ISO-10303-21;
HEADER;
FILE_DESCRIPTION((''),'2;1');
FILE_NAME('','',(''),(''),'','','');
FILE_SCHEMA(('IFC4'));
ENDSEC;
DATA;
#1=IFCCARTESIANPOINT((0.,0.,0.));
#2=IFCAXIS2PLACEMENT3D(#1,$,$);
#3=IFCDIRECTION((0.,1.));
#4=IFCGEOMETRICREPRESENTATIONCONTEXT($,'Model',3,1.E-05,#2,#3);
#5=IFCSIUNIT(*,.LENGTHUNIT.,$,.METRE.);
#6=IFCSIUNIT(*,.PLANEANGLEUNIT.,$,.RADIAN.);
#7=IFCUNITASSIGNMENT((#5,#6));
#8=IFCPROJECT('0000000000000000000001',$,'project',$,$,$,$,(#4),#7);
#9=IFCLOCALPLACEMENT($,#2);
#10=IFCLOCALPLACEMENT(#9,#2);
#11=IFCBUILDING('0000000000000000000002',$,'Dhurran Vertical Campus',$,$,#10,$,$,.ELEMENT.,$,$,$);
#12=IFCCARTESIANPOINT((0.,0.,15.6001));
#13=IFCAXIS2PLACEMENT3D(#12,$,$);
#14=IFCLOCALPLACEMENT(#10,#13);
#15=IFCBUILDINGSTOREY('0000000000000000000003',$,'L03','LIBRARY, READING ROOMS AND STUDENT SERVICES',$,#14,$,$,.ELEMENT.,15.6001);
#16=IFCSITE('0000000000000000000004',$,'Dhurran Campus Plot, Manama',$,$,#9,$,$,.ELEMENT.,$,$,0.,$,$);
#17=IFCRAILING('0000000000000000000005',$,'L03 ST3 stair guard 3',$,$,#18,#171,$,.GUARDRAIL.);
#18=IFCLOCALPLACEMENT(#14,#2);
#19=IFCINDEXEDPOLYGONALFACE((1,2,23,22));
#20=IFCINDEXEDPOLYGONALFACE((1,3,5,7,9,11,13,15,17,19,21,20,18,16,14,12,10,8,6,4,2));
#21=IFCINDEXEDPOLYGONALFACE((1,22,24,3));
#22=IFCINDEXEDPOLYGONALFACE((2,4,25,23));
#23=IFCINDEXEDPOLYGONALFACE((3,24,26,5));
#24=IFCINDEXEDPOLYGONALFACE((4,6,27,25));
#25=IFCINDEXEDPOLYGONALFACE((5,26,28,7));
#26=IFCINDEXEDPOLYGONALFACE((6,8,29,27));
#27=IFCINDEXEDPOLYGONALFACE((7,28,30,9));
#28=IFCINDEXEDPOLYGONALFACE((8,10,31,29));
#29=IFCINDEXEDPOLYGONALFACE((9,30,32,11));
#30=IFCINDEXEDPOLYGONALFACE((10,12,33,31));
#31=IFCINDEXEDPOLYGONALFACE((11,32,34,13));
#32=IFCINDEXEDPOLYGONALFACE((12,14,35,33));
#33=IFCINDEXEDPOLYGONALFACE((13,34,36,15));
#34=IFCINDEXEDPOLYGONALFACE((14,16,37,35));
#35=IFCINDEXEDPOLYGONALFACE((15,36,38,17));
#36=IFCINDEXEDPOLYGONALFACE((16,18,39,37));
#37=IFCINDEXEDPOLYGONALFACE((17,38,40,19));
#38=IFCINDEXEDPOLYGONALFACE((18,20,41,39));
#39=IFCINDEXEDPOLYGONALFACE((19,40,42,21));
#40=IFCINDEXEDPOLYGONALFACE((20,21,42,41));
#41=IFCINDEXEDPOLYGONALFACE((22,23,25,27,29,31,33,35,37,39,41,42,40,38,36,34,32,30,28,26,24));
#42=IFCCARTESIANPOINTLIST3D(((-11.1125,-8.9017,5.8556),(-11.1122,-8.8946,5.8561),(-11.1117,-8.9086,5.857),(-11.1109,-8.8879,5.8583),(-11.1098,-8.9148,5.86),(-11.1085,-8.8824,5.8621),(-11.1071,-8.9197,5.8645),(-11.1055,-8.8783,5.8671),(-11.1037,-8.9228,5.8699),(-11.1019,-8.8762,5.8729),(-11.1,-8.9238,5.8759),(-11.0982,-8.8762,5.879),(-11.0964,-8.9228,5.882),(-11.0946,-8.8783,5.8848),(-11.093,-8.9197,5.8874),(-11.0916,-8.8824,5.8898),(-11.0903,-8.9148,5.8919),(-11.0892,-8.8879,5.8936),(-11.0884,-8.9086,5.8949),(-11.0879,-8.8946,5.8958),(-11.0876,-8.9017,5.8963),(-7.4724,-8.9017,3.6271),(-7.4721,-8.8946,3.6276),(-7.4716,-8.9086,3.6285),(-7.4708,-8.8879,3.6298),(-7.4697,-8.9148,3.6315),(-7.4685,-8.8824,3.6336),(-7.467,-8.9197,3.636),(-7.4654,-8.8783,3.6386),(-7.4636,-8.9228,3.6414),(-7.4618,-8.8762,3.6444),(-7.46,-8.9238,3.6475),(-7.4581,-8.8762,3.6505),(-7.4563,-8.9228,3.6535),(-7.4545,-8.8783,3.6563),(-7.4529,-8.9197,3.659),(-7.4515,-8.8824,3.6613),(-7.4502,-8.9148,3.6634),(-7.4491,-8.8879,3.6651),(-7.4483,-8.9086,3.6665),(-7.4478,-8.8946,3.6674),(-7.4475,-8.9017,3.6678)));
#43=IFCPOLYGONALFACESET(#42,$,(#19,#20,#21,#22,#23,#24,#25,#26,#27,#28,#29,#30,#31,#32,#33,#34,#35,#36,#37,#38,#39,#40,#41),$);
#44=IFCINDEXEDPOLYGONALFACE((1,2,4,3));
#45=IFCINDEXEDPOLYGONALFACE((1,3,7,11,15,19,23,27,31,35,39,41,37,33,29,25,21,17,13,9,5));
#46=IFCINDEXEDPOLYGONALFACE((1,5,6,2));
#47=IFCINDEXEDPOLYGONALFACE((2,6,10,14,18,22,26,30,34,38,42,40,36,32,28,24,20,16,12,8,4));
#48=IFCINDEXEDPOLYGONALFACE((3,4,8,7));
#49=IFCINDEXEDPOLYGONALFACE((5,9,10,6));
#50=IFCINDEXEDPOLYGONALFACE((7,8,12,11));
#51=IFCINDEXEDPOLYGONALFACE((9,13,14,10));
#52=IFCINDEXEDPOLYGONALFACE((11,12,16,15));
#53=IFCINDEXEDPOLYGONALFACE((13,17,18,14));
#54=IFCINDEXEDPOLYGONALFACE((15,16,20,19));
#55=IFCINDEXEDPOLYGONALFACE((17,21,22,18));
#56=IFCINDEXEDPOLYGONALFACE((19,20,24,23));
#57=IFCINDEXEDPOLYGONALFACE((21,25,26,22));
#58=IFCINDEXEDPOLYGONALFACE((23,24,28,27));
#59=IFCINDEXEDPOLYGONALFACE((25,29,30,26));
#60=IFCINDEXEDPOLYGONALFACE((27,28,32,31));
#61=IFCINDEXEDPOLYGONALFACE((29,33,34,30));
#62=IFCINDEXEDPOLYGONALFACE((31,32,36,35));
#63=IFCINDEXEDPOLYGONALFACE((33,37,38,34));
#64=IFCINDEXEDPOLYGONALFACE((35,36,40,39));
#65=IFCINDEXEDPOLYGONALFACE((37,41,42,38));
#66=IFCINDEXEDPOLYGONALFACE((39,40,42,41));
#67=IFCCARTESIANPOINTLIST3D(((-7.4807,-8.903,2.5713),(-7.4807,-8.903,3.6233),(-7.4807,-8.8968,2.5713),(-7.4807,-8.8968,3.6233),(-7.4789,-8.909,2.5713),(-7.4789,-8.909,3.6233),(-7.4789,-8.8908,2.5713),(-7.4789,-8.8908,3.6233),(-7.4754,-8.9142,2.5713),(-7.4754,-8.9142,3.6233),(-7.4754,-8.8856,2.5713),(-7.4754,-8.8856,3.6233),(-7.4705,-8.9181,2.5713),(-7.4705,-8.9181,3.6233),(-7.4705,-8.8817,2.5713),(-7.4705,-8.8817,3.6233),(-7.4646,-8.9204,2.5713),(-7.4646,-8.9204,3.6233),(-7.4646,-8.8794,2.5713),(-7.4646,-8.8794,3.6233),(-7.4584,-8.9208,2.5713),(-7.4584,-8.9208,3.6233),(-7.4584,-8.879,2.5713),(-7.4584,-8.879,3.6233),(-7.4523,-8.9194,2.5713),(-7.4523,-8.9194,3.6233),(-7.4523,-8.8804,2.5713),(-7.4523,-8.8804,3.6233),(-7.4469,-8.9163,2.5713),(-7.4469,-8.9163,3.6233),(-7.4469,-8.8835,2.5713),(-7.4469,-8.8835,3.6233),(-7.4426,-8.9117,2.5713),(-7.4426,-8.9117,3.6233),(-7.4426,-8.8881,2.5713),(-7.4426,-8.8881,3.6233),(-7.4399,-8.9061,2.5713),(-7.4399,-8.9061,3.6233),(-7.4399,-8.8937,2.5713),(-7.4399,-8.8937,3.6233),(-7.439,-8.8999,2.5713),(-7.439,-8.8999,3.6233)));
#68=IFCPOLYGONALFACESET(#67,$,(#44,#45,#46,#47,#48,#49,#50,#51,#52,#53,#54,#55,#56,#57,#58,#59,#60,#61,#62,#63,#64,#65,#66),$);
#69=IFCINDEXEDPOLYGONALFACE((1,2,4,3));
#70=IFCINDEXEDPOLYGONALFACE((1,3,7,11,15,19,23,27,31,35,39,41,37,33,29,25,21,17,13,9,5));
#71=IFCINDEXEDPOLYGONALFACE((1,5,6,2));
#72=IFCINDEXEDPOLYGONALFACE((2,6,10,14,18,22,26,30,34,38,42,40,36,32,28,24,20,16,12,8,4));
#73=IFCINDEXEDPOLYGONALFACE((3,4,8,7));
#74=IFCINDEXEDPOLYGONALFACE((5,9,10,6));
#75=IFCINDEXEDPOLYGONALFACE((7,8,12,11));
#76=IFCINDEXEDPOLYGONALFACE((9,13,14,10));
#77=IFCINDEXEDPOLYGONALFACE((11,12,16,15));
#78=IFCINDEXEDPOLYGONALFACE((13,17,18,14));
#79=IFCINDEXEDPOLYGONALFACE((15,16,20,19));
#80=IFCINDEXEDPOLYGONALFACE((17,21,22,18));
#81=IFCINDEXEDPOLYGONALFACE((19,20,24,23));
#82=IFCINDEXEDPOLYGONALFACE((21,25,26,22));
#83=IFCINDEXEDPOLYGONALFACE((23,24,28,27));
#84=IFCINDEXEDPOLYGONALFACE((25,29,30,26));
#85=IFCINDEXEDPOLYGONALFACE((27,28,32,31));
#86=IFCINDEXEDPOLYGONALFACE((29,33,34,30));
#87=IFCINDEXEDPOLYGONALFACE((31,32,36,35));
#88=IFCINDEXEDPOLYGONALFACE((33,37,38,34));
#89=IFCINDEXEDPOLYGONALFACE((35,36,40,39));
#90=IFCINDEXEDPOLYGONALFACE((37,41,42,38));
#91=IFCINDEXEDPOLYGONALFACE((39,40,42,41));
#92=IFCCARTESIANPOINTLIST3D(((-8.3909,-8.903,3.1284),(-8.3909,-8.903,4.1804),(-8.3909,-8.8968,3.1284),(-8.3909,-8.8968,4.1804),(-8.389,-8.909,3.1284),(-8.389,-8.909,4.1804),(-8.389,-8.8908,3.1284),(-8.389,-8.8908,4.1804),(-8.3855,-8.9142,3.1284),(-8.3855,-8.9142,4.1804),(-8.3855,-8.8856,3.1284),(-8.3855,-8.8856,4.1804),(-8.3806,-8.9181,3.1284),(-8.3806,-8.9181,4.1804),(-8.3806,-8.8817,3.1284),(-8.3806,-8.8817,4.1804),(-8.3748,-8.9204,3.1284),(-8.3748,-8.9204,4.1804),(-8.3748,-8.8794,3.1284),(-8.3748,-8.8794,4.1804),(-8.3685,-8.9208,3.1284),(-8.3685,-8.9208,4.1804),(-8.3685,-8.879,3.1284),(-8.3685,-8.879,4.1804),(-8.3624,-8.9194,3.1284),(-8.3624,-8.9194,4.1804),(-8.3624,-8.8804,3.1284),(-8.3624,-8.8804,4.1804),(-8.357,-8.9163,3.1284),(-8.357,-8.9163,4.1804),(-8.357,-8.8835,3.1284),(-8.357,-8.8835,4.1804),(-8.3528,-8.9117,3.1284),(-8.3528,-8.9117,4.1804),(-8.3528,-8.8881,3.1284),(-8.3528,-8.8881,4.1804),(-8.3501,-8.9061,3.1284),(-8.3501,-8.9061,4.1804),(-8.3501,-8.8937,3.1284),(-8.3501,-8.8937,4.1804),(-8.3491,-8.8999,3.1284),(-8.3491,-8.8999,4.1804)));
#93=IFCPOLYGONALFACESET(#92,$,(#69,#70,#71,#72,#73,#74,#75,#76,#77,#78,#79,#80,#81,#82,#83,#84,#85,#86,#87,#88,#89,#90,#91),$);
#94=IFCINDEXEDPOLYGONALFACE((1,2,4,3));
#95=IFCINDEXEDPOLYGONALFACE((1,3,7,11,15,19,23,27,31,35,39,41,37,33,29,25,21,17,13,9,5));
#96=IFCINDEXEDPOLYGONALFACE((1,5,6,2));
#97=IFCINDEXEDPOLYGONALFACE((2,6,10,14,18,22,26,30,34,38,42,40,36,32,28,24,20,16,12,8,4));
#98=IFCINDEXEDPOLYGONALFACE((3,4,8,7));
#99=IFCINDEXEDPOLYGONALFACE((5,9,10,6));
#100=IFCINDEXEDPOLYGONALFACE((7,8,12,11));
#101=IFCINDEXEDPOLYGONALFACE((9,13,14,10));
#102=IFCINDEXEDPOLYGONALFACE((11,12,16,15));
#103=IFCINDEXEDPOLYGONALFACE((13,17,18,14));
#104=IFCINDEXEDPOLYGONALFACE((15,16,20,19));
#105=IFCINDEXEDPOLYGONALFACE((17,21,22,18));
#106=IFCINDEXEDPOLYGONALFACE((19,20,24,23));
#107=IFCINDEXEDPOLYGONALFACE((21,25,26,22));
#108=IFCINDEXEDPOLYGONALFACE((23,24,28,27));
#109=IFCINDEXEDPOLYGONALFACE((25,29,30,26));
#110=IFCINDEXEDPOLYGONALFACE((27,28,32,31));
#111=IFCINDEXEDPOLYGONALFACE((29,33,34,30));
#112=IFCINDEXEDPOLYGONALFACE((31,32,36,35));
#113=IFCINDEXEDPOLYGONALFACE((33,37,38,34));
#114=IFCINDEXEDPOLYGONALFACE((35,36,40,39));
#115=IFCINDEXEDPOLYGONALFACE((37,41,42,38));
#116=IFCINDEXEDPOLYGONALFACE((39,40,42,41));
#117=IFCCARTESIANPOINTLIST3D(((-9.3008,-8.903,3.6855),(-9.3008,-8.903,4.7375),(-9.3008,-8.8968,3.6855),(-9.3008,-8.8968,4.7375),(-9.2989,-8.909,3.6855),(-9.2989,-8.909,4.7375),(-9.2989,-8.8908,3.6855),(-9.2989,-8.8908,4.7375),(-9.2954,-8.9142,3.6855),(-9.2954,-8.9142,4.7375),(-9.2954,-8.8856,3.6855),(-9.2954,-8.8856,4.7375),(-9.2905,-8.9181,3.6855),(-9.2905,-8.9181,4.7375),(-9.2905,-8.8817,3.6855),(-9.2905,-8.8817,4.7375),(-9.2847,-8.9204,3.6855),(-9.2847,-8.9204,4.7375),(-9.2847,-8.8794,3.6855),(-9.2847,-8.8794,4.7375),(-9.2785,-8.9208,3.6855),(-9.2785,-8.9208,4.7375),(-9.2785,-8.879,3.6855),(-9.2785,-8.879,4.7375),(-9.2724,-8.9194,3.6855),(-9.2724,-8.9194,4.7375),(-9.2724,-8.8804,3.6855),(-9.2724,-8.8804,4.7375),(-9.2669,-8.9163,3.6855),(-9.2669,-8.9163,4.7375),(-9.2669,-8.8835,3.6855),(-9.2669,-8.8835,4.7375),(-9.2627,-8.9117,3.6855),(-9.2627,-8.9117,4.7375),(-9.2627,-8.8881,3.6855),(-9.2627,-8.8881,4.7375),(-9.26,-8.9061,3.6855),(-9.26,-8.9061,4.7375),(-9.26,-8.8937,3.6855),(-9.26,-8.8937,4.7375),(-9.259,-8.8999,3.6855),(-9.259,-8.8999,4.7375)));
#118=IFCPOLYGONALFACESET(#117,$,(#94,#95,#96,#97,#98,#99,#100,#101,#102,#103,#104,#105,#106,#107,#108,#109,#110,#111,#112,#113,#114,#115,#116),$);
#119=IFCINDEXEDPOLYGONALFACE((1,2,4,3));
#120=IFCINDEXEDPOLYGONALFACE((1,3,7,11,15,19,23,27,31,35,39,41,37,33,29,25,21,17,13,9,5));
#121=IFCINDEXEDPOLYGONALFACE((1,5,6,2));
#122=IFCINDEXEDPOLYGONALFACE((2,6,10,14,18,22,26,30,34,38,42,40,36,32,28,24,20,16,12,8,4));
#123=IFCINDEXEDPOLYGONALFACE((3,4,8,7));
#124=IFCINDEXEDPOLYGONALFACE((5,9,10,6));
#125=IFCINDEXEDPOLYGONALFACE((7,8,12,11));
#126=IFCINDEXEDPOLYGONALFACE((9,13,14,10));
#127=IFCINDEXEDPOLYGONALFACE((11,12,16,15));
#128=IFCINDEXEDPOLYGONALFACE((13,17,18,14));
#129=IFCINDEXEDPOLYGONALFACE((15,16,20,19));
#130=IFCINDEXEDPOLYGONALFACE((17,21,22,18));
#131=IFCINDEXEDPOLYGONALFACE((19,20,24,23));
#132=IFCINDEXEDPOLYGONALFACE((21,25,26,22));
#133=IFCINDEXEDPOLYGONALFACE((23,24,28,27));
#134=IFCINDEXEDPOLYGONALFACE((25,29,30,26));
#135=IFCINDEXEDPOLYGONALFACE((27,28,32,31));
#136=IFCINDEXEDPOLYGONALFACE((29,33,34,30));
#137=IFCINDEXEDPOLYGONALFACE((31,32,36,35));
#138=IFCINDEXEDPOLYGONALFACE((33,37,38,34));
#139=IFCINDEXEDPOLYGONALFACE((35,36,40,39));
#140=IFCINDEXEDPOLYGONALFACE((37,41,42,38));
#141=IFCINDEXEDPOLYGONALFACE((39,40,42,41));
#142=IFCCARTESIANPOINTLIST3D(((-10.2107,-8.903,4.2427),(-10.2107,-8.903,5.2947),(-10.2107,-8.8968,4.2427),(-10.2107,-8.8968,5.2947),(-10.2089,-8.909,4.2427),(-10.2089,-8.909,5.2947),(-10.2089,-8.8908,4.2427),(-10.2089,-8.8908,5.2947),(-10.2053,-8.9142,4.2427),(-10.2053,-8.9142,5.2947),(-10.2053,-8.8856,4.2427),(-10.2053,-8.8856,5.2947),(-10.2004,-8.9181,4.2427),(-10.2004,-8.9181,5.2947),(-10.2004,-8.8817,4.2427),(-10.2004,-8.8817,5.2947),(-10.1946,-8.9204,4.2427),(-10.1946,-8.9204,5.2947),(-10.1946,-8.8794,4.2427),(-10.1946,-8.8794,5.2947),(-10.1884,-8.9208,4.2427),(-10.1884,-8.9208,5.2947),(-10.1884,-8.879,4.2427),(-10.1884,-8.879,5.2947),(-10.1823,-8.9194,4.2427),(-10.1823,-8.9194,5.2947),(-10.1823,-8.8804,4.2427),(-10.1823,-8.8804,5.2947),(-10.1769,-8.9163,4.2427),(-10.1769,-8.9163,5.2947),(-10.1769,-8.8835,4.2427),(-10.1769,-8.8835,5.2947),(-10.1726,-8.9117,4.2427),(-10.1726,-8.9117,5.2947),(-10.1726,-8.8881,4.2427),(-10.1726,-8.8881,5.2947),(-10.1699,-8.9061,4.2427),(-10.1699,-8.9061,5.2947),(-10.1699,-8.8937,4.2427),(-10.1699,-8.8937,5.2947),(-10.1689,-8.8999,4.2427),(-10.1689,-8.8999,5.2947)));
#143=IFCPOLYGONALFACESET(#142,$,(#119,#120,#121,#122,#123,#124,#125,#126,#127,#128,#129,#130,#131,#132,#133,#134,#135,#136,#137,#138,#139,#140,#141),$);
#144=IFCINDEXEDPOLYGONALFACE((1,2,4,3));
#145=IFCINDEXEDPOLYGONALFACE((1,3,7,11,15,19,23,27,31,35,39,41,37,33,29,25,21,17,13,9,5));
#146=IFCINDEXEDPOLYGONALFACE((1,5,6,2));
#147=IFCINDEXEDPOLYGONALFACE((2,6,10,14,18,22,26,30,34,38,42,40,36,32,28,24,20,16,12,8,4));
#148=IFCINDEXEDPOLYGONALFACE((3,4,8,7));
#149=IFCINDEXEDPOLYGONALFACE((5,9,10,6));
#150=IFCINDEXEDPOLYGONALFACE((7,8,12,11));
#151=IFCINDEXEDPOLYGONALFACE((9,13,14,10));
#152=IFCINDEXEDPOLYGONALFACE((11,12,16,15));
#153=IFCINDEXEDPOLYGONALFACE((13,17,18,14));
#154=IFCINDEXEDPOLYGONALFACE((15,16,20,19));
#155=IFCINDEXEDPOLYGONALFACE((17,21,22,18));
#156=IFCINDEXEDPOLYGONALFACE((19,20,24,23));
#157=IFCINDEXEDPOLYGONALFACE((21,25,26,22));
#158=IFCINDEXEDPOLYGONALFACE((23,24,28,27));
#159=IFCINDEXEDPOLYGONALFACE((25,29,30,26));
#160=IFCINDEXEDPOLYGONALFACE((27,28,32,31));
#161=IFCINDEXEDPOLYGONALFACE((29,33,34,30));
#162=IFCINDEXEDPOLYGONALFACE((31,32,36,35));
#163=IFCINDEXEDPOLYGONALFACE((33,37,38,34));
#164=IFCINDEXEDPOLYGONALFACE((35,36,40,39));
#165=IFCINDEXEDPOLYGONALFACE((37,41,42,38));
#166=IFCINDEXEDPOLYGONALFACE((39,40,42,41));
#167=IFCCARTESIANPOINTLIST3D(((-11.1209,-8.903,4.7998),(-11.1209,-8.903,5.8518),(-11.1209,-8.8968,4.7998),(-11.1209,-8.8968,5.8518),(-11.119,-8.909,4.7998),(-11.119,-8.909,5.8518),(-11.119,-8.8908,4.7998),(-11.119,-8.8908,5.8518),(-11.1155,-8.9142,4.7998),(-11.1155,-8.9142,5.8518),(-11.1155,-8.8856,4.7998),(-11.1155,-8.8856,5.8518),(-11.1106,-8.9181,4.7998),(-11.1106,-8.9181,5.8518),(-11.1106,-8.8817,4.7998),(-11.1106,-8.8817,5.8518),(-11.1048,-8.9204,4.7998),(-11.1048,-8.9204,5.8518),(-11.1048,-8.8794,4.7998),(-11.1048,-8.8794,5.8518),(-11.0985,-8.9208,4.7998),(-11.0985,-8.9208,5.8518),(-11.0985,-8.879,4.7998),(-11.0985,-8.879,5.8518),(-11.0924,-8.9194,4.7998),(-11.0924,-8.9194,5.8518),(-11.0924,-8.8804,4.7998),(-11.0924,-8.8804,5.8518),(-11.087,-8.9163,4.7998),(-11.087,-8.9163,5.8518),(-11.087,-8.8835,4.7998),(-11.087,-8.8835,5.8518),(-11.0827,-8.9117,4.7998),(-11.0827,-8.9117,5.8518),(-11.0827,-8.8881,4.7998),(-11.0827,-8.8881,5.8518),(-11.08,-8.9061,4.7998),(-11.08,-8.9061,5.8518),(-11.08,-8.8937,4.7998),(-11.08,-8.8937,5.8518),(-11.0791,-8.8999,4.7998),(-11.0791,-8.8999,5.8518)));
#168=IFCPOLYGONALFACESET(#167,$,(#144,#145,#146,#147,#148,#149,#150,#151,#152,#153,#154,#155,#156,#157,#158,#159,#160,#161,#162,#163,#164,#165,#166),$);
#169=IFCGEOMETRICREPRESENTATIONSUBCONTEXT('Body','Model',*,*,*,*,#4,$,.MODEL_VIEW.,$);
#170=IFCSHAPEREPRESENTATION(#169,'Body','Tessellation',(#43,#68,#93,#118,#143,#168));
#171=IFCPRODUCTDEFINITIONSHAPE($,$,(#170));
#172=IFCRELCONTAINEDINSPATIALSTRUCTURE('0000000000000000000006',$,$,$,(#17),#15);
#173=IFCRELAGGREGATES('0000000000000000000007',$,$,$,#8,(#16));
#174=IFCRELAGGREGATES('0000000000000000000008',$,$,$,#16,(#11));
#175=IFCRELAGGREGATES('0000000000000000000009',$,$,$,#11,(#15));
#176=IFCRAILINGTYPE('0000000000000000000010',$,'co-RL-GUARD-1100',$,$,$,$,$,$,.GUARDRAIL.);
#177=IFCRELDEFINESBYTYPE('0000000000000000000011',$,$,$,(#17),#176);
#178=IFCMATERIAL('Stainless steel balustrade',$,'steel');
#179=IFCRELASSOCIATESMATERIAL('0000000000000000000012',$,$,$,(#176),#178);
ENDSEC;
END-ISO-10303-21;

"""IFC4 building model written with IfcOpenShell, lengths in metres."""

from ifc_helpers import new_model, si_unit, direction, frame, origin, origin_2d, place, context, subcontext, project, spatial, circle, extrude, material, type_object, element, save


model = new_model("IFC4")

# Units and contexts
model_context = context("Model", 3, precision=1e-05, world=origin(), true_north=direction((0.0, 1.0)))
body_context = subcontext(model_context, "Body", "Model", "MODEL_VIEW")
ifc_project = project(units=[si_unit("LENGTHUNIT", "METRE"), si_unit("PLANEANGLEUNIT", "RADIAN")], contexts=[model_context])

# Site, building, storey
site_placement = place(None, origin())
site = spatial("IfcSite", under=ifc_project, at=site_placement, Name="Dhurran Campus Plot, Manama", CompositionType="ELEMENT", RefElevation=0.0)
building_placement = place(site_placement, origin())
building = spatial("IfcBuilding", under=site, at=building_placement, Name="Dhurran Vertical Campus", CompositionType="ELEMENT")
storey_placement = place(building_placement, frame((0.0, 0.0, 15.6001)))
storey = spatial("IfcBuildingStorey", under=building, at=storey_placement, Name="L03", Description="LIBRARY, READING ROOMS AND STUDENT SERVICES", CompositionType="ELEMENT", Elevation=15.6001)

# Railing
ifc_material_1 = material(Name="Stainless steel balustrade", Category="steel")
railing_type_1 = type_object("IfcRailingType", Name="co-RL-GUARD-1100", PredefinedType="GUARDRAIL", material=ifc_material_1)
railing_1_placement = place(storey_placement, frame((-7.46, -8.8999, 2.5713)))
element("IfcRailing", 1, at=railing_1_placement, inside=storey, type_object=railing_type_1, Name="L03 ST3 stair guard 3", PredefinedType="GUARDRAIL", context=body_context, shape_type="SweptSolid", body=[
    extrude(circle(Radius=0.0239, at=origin_2d()), frame((0.0, 0.0, 1.0762), z_axis=(-0.852866, 0.0, 0.52213), x_axis=(0.0, -1.0, 0.0)), (0.0, 0.0, 1.0), 4.2681),
    extrude(circle(Radius=0.021, at=origin_2d()), origin(), (0.0, 0.0, 1.0), 1.052),
    extrude(circle(Radius=0.021, at=origin_2d()), frame((-0.9102, 0.0, 0.5571)), (0.0, 0.0, 1.0), 1.052),
    extrude(circle(Radius=0.021, at=origin_2d()), frame((-1.8201, 0.0, 1.1143)), (0.0, 0.0, 1.0), 1.052),
    extrude(circle(Radius=0.021, at=origin_2d()), frame((-2.73, 0.0, 1.6714)), (0.0, 0.0, 1.0), 1.052),
    extrude(circle(Radius=0.021, at=origin_2d()), frame((-3.6401, 0.0, 2.2285)), (0.0, 0.0, 1.0), 1.052),
])

save(model, "model.ifc")
